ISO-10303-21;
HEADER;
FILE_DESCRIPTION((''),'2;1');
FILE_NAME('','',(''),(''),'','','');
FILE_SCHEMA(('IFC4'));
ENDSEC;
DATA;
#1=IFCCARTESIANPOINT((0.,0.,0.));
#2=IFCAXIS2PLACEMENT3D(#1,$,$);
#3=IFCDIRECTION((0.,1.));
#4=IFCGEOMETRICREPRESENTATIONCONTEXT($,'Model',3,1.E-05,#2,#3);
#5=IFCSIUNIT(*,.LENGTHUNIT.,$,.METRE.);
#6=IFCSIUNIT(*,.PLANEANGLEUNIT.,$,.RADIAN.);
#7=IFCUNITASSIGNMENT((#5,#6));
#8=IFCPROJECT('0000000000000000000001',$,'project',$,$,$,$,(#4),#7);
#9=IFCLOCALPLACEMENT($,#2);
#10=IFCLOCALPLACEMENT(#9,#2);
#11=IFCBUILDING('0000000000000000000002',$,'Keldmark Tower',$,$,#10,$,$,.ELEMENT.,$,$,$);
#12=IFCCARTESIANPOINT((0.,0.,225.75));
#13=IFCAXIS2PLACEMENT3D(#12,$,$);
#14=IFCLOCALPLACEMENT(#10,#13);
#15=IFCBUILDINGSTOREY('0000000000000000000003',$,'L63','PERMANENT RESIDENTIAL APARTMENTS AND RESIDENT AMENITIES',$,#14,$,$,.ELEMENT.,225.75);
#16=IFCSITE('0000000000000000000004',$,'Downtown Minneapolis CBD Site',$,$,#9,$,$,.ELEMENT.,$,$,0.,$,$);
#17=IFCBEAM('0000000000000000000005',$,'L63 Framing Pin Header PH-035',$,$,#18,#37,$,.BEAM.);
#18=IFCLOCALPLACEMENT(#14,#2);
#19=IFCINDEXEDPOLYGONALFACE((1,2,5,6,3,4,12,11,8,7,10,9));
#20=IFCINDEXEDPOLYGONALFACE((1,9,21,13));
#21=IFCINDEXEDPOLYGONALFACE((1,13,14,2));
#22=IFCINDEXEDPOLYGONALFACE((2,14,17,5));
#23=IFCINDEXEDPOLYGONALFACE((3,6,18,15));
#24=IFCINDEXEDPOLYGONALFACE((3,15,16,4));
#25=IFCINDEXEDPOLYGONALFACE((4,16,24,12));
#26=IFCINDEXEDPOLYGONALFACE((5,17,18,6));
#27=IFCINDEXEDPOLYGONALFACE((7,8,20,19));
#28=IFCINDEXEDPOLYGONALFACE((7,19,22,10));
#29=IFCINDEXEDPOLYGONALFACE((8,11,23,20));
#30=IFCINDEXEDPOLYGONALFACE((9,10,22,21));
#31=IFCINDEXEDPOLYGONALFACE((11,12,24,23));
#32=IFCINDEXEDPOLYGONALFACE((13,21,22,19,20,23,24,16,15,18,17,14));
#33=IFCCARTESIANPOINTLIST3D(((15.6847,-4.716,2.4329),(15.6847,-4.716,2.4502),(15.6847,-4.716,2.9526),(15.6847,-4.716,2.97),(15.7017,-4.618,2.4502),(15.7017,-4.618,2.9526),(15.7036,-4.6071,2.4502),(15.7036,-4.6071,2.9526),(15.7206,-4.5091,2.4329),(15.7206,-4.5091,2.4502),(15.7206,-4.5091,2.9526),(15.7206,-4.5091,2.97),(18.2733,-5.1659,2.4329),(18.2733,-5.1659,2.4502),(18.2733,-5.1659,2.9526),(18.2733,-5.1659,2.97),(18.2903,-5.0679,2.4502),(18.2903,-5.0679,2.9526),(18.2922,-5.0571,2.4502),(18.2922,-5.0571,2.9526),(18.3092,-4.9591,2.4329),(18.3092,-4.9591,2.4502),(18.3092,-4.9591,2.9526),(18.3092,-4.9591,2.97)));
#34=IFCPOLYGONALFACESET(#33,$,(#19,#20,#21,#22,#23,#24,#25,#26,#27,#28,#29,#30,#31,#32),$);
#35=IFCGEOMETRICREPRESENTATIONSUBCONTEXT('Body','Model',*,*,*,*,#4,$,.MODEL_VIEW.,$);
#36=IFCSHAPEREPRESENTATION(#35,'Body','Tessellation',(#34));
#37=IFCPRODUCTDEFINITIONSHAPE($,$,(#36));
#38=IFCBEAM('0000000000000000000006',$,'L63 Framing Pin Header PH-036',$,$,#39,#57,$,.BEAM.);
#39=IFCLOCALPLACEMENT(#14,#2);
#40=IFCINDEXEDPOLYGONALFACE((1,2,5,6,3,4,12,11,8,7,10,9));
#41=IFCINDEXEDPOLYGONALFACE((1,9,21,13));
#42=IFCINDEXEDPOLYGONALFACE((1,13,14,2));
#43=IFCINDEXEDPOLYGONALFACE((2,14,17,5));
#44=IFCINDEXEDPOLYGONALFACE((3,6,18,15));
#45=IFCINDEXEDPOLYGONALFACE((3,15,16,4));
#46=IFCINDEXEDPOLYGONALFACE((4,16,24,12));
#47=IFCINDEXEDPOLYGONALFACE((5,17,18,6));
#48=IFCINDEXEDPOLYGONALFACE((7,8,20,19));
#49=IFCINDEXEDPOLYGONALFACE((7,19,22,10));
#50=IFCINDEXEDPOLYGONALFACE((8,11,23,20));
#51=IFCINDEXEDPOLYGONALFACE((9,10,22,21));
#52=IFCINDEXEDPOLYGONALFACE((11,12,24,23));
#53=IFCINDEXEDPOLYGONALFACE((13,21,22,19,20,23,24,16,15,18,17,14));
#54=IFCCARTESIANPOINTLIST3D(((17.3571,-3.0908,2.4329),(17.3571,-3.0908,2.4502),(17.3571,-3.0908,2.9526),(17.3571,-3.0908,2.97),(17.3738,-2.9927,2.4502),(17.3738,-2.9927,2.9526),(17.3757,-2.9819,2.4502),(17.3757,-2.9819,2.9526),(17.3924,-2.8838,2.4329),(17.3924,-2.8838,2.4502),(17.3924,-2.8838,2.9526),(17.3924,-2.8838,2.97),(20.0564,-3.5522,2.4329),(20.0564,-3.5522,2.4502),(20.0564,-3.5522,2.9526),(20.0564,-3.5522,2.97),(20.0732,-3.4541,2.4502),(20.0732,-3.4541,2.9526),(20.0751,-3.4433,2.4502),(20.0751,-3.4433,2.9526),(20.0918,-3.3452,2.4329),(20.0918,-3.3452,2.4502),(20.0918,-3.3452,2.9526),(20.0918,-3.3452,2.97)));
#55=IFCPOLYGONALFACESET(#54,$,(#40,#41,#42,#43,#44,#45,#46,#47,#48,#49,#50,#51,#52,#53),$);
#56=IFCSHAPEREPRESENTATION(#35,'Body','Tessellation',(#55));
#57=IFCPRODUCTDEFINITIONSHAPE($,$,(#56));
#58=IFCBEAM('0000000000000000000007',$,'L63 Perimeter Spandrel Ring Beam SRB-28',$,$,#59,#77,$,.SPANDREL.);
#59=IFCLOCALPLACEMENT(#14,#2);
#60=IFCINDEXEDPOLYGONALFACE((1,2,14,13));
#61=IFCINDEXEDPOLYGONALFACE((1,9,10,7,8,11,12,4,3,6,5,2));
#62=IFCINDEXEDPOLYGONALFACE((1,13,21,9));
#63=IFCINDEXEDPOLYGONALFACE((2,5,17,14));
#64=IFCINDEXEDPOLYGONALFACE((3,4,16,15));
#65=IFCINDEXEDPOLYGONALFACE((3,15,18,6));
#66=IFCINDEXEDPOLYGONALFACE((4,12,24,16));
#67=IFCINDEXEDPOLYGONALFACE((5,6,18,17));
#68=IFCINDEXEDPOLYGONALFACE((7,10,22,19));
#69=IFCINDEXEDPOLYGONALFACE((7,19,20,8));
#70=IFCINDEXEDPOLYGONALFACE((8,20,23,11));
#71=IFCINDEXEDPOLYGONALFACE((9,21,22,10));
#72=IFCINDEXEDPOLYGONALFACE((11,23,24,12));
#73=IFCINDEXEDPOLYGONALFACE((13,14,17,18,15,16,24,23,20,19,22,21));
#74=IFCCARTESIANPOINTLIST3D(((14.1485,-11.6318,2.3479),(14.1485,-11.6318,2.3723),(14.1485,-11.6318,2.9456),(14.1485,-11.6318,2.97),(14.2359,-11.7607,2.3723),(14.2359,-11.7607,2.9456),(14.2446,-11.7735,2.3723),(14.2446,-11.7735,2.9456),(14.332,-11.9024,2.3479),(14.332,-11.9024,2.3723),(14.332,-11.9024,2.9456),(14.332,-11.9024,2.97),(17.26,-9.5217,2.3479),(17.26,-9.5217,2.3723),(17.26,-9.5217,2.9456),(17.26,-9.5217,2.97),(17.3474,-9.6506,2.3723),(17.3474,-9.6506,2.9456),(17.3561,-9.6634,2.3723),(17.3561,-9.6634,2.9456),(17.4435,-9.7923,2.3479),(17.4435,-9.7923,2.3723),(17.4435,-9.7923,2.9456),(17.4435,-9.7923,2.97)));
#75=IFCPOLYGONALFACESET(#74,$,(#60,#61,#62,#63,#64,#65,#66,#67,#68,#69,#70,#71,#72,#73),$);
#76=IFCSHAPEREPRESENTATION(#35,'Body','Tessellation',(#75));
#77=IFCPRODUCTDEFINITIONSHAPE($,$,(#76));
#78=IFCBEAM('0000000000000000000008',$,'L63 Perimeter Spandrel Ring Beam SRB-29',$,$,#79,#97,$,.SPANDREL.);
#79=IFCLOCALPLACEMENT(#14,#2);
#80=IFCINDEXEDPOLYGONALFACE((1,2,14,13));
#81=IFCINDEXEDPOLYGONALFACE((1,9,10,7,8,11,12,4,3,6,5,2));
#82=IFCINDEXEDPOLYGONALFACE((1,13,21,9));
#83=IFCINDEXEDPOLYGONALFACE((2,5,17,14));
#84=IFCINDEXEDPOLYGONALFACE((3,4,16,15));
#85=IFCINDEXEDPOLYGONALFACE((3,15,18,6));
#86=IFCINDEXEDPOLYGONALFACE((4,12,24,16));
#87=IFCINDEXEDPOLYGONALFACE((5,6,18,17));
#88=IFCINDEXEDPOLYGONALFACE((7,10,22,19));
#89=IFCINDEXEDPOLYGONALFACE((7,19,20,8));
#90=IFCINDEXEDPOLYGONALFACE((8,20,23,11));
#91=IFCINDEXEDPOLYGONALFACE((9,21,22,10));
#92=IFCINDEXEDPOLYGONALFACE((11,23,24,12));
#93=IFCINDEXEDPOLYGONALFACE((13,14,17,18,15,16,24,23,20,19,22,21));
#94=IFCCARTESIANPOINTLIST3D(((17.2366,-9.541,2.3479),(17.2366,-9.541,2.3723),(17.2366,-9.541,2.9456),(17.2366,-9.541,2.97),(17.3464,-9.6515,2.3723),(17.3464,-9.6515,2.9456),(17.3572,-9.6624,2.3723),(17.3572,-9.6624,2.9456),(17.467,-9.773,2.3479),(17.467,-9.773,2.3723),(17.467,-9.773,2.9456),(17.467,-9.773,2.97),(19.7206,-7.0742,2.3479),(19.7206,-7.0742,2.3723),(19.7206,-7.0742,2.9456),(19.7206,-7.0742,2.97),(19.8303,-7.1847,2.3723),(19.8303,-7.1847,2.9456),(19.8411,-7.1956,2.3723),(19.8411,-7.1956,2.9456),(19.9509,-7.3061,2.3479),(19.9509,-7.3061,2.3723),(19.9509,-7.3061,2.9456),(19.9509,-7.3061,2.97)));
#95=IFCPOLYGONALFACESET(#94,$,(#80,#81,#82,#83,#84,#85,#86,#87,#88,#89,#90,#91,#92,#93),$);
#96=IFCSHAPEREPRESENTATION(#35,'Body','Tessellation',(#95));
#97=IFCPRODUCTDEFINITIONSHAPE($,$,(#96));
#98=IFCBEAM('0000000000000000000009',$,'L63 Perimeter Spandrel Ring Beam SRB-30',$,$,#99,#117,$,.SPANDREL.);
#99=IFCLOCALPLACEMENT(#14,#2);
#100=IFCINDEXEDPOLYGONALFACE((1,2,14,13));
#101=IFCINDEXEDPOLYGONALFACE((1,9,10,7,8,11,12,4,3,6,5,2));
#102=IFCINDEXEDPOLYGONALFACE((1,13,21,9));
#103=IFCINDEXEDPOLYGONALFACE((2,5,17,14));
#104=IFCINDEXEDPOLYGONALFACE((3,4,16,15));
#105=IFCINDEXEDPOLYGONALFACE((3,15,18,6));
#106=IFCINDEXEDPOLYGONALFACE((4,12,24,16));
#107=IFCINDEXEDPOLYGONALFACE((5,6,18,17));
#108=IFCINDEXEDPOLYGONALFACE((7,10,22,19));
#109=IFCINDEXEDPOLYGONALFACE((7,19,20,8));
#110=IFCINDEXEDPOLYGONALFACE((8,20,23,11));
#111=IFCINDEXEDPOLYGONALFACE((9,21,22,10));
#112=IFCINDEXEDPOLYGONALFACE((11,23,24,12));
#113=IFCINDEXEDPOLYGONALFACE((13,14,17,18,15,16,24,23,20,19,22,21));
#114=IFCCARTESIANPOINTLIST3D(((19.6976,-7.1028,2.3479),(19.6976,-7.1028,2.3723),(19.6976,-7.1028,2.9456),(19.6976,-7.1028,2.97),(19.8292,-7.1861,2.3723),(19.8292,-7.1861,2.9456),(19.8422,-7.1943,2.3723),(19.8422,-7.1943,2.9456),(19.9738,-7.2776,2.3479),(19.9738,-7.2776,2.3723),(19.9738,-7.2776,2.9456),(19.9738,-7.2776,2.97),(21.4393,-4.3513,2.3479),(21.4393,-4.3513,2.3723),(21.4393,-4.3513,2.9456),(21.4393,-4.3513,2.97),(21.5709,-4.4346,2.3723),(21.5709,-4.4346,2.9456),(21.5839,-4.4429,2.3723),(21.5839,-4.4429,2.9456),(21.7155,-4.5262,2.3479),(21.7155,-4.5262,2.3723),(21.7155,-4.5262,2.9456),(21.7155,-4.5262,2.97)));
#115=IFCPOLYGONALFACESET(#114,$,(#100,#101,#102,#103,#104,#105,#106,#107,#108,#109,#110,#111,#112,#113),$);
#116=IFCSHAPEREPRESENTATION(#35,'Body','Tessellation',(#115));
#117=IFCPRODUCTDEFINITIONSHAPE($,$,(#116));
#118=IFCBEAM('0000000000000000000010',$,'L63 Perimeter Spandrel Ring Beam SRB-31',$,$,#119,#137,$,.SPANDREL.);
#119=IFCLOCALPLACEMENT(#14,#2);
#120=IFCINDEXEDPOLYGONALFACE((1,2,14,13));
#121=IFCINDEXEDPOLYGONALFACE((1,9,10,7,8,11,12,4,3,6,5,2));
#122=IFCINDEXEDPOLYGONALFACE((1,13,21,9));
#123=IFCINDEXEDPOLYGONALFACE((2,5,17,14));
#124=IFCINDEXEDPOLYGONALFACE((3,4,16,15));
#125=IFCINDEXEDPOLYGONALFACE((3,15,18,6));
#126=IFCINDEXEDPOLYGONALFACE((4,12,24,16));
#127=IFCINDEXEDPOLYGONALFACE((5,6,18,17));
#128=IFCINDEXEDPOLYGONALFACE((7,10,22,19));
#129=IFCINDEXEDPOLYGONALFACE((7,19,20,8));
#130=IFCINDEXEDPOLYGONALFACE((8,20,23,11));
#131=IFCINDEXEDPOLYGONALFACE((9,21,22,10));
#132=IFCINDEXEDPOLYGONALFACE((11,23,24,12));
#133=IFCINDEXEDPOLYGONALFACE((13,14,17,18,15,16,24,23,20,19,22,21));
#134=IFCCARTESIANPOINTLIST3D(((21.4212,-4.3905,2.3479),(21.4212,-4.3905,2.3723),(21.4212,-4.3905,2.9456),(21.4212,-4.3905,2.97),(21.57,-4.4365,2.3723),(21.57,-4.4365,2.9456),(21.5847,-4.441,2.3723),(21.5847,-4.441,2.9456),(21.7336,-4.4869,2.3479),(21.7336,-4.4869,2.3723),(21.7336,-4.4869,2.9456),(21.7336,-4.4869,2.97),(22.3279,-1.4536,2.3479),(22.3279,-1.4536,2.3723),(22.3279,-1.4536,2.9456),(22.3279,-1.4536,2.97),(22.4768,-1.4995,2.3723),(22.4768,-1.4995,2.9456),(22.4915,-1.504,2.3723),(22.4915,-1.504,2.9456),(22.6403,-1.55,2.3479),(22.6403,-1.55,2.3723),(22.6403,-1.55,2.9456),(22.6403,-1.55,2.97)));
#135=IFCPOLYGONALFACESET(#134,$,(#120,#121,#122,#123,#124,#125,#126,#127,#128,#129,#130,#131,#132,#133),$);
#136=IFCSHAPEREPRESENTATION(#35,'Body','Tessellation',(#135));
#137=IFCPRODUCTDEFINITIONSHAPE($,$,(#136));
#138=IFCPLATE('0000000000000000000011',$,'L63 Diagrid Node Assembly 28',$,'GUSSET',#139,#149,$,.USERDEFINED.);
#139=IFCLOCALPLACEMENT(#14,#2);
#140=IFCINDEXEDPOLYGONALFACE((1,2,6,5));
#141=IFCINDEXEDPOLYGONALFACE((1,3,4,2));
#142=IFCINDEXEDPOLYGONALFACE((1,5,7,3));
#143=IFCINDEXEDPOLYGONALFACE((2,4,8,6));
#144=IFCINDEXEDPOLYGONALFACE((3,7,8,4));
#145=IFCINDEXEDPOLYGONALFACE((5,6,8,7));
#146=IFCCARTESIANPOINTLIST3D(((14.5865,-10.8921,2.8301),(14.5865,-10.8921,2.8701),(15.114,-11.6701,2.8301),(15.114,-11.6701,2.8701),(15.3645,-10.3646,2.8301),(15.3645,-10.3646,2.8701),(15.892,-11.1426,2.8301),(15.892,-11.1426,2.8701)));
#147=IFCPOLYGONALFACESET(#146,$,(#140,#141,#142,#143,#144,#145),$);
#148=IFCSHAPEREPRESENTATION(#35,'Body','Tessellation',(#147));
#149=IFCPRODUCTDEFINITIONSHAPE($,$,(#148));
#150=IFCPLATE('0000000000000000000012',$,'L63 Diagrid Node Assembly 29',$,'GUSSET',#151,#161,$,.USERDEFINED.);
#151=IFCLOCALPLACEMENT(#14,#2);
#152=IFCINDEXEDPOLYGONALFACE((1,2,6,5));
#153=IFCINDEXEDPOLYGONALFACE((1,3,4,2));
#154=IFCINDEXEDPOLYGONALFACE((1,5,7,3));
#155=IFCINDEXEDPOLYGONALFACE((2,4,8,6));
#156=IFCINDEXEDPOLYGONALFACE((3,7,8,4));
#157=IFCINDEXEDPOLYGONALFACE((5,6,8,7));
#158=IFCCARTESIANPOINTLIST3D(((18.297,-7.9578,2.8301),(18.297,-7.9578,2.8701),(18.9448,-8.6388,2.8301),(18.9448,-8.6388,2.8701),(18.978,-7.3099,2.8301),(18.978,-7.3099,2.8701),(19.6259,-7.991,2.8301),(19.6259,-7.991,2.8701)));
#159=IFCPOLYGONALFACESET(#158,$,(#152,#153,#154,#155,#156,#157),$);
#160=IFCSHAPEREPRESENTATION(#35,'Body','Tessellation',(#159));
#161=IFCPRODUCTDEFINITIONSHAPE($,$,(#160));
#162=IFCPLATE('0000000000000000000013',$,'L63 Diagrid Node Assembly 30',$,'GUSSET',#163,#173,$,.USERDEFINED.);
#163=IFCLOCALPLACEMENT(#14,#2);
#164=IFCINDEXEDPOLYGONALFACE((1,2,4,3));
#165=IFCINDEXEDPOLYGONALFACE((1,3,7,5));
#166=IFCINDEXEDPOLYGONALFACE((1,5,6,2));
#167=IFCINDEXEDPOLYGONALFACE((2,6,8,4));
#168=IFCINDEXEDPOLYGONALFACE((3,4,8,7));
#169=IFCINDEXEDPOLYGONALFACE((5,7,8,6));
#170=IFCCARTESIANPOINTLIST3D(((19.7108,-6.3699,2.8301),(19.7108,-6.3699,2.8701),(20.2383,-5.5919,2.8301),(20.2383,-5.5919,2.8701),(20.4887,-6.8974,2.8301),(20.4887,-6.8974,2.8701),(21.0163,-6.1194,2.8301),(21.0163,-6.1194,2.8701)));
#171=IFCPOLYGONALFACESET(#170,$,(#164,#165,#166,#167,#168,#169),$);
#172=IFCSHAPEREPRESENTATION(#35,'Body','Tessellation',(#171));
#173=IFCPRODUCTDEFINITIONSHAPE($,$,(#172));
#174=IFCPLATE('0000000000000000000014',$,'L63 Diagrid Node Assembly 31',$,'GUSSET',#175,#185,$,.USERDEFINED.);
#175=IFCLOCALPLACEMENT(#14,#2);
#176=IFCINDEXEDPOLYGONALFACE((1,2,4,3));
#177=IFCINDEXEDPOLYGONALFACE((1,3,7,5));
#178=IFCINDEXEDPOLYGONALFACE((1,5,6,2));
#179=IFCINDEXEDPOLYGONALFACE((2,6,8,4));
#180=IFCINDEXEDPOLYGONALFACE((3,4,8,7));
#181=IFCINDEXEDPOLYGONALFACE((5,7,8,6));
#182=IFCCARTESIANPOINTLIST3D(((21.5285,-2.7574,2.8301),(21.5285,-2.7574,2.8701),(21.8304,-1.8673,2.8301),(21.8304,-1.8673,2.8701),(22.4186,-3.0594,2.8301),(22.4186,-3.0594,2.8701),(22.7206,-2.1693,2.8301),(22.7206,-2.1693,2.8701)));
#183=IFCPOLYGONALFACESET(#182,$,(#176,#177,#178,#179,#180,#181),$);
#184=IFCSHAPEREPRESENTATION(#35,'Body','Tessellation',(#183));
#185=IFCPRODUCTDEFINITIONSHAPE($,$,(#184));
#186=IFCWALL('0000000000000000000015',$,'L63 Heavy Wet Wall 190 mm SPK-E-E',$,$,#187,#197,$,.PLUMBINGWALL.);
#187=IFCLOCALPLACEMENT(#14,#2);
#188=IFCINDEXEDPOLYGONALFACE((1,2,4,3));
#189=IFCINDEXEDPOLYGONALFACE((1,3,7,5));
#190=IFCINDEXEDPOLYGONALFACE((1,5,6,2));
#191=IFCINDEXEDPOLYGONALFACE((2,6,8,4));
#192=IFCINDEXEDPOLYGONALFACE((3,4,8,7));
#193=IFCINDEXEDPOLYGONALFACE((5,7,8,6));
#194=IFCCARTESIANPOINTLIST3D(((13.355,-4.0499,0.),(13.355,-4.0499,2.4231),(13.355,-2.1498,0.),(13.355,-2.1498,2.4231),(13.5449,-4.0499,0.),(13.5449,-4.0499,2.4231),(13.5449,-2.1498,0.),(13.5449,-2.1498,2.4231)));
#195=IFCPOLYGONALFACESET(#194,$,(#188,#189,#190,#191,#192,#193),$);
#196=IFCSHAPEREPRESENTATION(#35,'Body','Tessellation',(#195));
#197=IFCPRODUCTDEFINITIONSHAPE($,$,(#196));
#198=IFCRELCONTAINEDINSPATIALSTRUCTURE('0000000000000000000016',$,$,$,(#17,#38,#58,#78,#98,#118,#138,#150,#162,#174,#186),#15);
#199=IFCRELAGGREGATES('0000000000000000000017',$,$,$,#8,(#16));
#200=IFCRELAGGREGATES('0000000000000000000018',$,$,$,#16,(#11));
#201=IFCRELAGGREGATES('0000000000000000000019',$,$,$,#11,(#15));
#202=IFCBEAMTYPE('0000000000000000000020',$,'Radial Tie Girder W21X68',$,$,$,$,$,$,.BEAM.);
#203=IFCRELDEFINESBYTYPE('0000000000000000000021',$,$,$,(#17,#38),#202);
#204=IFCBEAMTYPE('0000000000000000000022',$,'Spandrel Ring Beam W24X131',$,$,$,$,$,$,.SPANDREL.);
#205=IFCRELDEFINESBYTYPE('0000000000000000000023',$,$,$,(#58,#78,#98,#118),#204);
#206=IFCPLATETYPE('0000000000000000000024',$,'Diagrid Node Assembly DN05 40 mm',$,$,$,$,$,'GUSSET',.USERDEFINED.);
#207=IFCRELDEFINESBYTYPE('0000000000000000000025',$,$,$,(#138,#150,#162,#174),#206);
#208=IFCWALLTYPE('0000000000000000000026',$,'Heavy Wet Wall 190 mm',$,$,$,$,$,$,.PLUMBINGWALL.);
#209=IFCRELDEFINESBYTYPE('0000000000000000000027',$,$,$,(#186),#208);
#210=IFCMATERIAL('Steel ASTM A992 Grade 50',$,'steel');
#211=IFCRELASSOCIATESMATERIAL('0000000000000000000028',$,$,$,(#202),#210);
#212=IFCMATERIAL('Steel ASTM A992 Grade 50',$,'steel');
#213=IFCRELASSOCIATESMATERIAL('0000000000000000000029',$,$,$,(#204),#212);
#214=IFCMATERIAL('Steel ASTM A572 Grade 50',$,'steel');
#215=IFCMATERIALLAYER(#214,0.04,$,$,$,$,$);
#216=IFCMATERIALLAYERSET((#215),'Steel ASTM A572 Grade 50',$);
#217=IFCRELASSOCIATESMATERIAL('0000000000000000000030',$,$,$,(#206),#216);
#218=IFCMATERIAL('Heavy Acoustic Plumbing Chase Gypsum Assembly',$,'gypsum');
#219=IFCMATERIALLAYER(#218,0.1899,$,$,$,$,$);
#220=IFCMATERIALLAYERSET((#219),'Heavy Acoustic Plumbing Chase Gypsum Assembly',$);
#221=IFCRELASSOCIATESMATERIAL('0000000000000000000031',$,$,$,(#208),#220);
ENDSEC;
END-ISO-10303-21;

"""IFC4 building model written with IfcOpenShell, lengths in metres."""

from ifc_helpers import new_model, si_unit, direction, frame, frame_2d, origin, origin_2d, place, context, subcontext, project, spatial, rectangle, i_section, extrude, material, layer, layer_set, material_profile, profile_set, type_object, element, save


model = new_model("IFC4")

# Units and contexts
model_context = context("Model", 3, precision=1e-05, world=origin(), true_north=direction((0.0, 1.0)))
body_context = subcontext(model_context, "Body", "Model", "MODEL_VIEW")
ifc_project = project(units=[si_unit("LENGTHUNIT", "METRE"), si_unit("PLANEANGLEUNIT", "RADIAN")], contexts=[model_context])

# Site, building, storey
site_placement = place(None, origin())
site = spatial("IfcSite", under=ifc_project, at=site_placement, Name="Downtown Minneapolis CBD Site", CompositionType="ELEMENT", RefElevation=0.0)
building_placement = place(site_placement, origin())
building = spatial("IfcBuilding", under=site, at=building_placement, Name="Keldmark Tower", CompositionType="ELEMENT")
storey_placement = place(building_placement, frame((0.0, 0.0, 225.75)))
storey = spatial("IfcBuildingStorey", under=building, at=storey_placement, Name="L63", Description="PERMANENT RESIDENTIAL APARTMENTS AND RESIDENT AMENITIES", CompositionType="ELEMENT", Elevation=225.75)

# Beams
ifc_material_1 = material(Name="Steel ASTM A992 Grade 50", Category="steel")
ifc_material_profile_1 = material_profile(ifc_material_1, i_section(OverallWidth=0.21, OverallDepth=0.5371, WebThickness=0.011, FlangeThickness=0.0173, at=origin_2d()), Name="W21X68")
ifc_profile_set_1 = profile_set([ifc_material_profile_1], Name="Steel ASTM A992 Grade 50")
beam_type_1 = type_object("IfcBeamType", Name="Radial Tie Girder W21X68", PredefinedType="BEAM", material=ifc_profile_set_1)
beam_1_placement = place(storey_placement, frame((15.7026, -4.6125, 2.7014), z_axis=(0.985227, -0.171251, 0.0), x_axis=(0.171251, 0.985227, 0.0)))
element("IfcBeam", 1, at=beam_1_placement, inside=storey, type_object=beam_type_1, Name="L63 Framing Pin Header PH-035", PredefinedType="BEAM", context=body_context, shape_type="SweptSolid", body=[
    extrude(i_section(OverallWidth=0.21, OverallDepth=0.5371, WebThickness=0.011, FlangeThickness=0.0173, at=origin_2d()), origin(), (0.0, 0.0, 1.0), 2.6274),
])
beam_2_placement = place(storey_placement, frame((17.3748, -2.9873, 2.7014), z_axis=(0.985704, -0.168489, 0.0), x_axis=(0.168489, 0.985704, 0.0)))
element("IfcBeam", 2, at=beam_2_placement, inside=storey, type_object=beam_type_1, Name="L63 Framing Pin Header PH-036", PredefinedType="BEAM", context=body_context, shape_type="SweptSolid", body=[
    extrude(i_section(OverallWidth=0.21, OverallDepth=0.5371, WebThickness=0.011, FlangeThickness=0.0173, at=origin_2d()), origin(), (0.0, 0.0, 1.0), 2.7385),
])
ifc_material_2 = material(Name="Steel ASTM A992 Grade 50", Category="steel")
ifc_material_profile_2 = material_profile(ifc_material_2, i_section(OverallWidth=0.3269, OverallDepth=0.6221, WebThickness=0.0154, FlangeThickness=0.0244, at=origin_2d()), Name="W24X131")
ifc_profile_set_2 = profile_set([ifc_material_profile_2], Name="Steel ASTM A992 Grade 50")
beam_type_2 = type_object("IfcBeamType", Name="Spandrel Ring Beam W24X131", PredefinedType="SPANDREL", material=ifc_profile_set_2)
beam_3_placement = place(storey_placement, frame((14.2402, -11.7671, 2.6589), z_axis=(0.827638, 0.561262, 0.0), x_axis=(-0.561262, 0.827638, 0.0)))
element("IfcBeam", 3, at=beam_3_placement, inside=storey, type_object=beam_type_2, Name="L63 Perimeter Spandrel Ring Beam SRB-28", PredefinedType="SPANDREL", context=body_context, shape_type="SweptSolid", body=[
    extrude(i_section(OverallWidth=0.3269, OverallDepth=0.6221, WebThickness=0.0154, FlangeThickness=0.0244, at=origin_2d()), origin(), (0.0, 0.0, 1.0), 3.7595),
])
beam_4_placement = place(storey_placement, frame((17.3518, -9.657, 2.6589), z_axis=(0.709543, 0.704662, 0.0), x_axis=(-0.704662, 0.709543, 0.0)))
element("IfcBeam", 4, at=beam_4_placement, inside=storey, type_object=beam_type_2, Name="L63 Perimeter Spandrel Ring Beam SRB-29", PredefinedType="SPANDREL", context=body_context, shape_type="SweptSolid", body=[
    extrude(i_section(OverallWidth=0.3269, OverallDepth=0.6221, WebThickness=0.0154, FlangeThickness=0.0244, at=origin_2d()), origin(), (0.0, 0.0, 1.0), 3.5007),
])
beam_5_placement = place(storey_placement, frame((19.8357, -7.1902, 2.6589), z_axis=(0.534856, 0.844943, 0.0), x_axis=(-0.844943, 0.534856, 0.0)))
element("IfcBeam", 5, at=beam_5_placement, inside=storey, type_object=beam_type_2, Name="L63 Perimeter Spandrel Ring Beam SRB-30", PredefinedType="SPANDREL", context=body_context, shape_type="SweptSolid", body=[
    extrude(i_section(OverallWidth=0.3269, OverallDepth=0.6221, WebThickness=0.0154, FlangeThickness=0.0244, at=origin_2d()), origin(), (0.0, 0.0, 1.0), 3.2563),
])
beam_6_placement = place(storey_placement, frame((21.5774, -4.4387, 2.6589), z_axis=(0.29499, 0.9555, 0.0), x_axis=(-0.9555, 0.29499, 0.0)))
element("IfcBeam", 6, at=beam_6_placement, inside=storey, type_object=beam_type_2, Name="L63 Perimeter Spandrel Ring Beam SRB-31", PredefinedType="SPANDREL", context=body_context, shape_type="SweptSolid", body=[
    extrude(i_section(OverallWidth=0.3269, OverallDepth=0.6221, WebThickness=0.0154, FlangeThickness=0.0244, at=origin_2d()), origin(), (0.0, 0.0, 1.0), 3.0737),
])

# Plates
ifc_material_3 = material(Name="Steel ASTM A572 Grade 50", Category="steel")
ifc_layer_1 = layer(ifc_material_3, 0.04)
ifc_layer_set_1 = layer_set([ifc_layer_1], Name="Steel ASTM A572 Grade 50")
plate_type = type_object("IfcPlateType", Name="Diagrid Node Assembly DN05 40 mm", ElementType="GUSSET", PredefinedType="USERDEFINED", material=ifc_layer_set_1)
for number, where, z_axis, x_axis, name in (
    (7, (15.2393, -11.0173, 2.8301), (0.0, 0.0, 1.0), (0.827669, 0.561217, 0.0), "L63 Diagrid Node Assembly 28"),
    (8, (18.9614, -7.9744, 2.8301), (0.0, 0.0, 1.0), (0.724533, 0.68924, 0.0), "L63 Diagrid Node Assembly 29"),
    (9, (20.3635, -6.2446, 2.8301), (0.0, 0.0, 1.0), (0.561217, 0.827669, 0.0), "L63 Diagrid Node Assembly 30"),
    (10, (22.1245, -2.4634, 2.8301), (0.0, 0.0, 1.0), (0.321274, 0.946986, 0.0), "L63 Diagrid Node Assembly 31"),
):
    element("IfcPlate", number, at=place(storey_placement, frame(where, z_axis=z_axis, x_axis=x_axis)), inside=storey, type_object=plate_type, Name=name, ObjectType="GUSSET", PredefinedType="USERDEFINED", context=body_context, shape_type="SweptSolid", body=[
        extrude(rectangle(XDim=0.9399, YDim=0.9399, at=origin_2d()), origin(), (0.0, 0.0, 1.0), 0.04),
    ])

# Wall
ifc_material_4 = material(Name="Heavy Acoustic Plumbing Chase Gypsum Assembly", Category="gypsum")
ifc_layer_2 = layer(ifc_material_4, 0.1899)
ifc_layer_set_2 = layer_set([ifc_layer_2], Name="Heavy Acoustic Plumbing Chase Gypsum Assembly")
wall_type_1 = type_object("IfcWallType", Name="Heavy Wet Wall 190 mm", PredefinedType="PLUMBINGWALL", material=ifc_layer_set_2)
wall_1_placement = place(storey_placement, frame((13.45, -4.05, 0.0), z_axis=(0.0, 0.0, 1.0), x_axis=(0.0, 1.0, 0.0)))
element("IfcWall", 11, at=wall_1_placement, inside=storey, type_object=wall_type_1, Name="L63 Heavy Wet Wall 190 mm SPK-E-E", PredefinedType="PLUMBINGWALL", context=body_context, shape_type="SweptSolid", body=[
    extrude(rectangle(XDim=1.9001, YDim=0.1899, at=frame_2d((0.9502, 0.0))), origin(), (0.0, 0.0, 1.0), 2.4231),
])

save(model, "model.ifc")
